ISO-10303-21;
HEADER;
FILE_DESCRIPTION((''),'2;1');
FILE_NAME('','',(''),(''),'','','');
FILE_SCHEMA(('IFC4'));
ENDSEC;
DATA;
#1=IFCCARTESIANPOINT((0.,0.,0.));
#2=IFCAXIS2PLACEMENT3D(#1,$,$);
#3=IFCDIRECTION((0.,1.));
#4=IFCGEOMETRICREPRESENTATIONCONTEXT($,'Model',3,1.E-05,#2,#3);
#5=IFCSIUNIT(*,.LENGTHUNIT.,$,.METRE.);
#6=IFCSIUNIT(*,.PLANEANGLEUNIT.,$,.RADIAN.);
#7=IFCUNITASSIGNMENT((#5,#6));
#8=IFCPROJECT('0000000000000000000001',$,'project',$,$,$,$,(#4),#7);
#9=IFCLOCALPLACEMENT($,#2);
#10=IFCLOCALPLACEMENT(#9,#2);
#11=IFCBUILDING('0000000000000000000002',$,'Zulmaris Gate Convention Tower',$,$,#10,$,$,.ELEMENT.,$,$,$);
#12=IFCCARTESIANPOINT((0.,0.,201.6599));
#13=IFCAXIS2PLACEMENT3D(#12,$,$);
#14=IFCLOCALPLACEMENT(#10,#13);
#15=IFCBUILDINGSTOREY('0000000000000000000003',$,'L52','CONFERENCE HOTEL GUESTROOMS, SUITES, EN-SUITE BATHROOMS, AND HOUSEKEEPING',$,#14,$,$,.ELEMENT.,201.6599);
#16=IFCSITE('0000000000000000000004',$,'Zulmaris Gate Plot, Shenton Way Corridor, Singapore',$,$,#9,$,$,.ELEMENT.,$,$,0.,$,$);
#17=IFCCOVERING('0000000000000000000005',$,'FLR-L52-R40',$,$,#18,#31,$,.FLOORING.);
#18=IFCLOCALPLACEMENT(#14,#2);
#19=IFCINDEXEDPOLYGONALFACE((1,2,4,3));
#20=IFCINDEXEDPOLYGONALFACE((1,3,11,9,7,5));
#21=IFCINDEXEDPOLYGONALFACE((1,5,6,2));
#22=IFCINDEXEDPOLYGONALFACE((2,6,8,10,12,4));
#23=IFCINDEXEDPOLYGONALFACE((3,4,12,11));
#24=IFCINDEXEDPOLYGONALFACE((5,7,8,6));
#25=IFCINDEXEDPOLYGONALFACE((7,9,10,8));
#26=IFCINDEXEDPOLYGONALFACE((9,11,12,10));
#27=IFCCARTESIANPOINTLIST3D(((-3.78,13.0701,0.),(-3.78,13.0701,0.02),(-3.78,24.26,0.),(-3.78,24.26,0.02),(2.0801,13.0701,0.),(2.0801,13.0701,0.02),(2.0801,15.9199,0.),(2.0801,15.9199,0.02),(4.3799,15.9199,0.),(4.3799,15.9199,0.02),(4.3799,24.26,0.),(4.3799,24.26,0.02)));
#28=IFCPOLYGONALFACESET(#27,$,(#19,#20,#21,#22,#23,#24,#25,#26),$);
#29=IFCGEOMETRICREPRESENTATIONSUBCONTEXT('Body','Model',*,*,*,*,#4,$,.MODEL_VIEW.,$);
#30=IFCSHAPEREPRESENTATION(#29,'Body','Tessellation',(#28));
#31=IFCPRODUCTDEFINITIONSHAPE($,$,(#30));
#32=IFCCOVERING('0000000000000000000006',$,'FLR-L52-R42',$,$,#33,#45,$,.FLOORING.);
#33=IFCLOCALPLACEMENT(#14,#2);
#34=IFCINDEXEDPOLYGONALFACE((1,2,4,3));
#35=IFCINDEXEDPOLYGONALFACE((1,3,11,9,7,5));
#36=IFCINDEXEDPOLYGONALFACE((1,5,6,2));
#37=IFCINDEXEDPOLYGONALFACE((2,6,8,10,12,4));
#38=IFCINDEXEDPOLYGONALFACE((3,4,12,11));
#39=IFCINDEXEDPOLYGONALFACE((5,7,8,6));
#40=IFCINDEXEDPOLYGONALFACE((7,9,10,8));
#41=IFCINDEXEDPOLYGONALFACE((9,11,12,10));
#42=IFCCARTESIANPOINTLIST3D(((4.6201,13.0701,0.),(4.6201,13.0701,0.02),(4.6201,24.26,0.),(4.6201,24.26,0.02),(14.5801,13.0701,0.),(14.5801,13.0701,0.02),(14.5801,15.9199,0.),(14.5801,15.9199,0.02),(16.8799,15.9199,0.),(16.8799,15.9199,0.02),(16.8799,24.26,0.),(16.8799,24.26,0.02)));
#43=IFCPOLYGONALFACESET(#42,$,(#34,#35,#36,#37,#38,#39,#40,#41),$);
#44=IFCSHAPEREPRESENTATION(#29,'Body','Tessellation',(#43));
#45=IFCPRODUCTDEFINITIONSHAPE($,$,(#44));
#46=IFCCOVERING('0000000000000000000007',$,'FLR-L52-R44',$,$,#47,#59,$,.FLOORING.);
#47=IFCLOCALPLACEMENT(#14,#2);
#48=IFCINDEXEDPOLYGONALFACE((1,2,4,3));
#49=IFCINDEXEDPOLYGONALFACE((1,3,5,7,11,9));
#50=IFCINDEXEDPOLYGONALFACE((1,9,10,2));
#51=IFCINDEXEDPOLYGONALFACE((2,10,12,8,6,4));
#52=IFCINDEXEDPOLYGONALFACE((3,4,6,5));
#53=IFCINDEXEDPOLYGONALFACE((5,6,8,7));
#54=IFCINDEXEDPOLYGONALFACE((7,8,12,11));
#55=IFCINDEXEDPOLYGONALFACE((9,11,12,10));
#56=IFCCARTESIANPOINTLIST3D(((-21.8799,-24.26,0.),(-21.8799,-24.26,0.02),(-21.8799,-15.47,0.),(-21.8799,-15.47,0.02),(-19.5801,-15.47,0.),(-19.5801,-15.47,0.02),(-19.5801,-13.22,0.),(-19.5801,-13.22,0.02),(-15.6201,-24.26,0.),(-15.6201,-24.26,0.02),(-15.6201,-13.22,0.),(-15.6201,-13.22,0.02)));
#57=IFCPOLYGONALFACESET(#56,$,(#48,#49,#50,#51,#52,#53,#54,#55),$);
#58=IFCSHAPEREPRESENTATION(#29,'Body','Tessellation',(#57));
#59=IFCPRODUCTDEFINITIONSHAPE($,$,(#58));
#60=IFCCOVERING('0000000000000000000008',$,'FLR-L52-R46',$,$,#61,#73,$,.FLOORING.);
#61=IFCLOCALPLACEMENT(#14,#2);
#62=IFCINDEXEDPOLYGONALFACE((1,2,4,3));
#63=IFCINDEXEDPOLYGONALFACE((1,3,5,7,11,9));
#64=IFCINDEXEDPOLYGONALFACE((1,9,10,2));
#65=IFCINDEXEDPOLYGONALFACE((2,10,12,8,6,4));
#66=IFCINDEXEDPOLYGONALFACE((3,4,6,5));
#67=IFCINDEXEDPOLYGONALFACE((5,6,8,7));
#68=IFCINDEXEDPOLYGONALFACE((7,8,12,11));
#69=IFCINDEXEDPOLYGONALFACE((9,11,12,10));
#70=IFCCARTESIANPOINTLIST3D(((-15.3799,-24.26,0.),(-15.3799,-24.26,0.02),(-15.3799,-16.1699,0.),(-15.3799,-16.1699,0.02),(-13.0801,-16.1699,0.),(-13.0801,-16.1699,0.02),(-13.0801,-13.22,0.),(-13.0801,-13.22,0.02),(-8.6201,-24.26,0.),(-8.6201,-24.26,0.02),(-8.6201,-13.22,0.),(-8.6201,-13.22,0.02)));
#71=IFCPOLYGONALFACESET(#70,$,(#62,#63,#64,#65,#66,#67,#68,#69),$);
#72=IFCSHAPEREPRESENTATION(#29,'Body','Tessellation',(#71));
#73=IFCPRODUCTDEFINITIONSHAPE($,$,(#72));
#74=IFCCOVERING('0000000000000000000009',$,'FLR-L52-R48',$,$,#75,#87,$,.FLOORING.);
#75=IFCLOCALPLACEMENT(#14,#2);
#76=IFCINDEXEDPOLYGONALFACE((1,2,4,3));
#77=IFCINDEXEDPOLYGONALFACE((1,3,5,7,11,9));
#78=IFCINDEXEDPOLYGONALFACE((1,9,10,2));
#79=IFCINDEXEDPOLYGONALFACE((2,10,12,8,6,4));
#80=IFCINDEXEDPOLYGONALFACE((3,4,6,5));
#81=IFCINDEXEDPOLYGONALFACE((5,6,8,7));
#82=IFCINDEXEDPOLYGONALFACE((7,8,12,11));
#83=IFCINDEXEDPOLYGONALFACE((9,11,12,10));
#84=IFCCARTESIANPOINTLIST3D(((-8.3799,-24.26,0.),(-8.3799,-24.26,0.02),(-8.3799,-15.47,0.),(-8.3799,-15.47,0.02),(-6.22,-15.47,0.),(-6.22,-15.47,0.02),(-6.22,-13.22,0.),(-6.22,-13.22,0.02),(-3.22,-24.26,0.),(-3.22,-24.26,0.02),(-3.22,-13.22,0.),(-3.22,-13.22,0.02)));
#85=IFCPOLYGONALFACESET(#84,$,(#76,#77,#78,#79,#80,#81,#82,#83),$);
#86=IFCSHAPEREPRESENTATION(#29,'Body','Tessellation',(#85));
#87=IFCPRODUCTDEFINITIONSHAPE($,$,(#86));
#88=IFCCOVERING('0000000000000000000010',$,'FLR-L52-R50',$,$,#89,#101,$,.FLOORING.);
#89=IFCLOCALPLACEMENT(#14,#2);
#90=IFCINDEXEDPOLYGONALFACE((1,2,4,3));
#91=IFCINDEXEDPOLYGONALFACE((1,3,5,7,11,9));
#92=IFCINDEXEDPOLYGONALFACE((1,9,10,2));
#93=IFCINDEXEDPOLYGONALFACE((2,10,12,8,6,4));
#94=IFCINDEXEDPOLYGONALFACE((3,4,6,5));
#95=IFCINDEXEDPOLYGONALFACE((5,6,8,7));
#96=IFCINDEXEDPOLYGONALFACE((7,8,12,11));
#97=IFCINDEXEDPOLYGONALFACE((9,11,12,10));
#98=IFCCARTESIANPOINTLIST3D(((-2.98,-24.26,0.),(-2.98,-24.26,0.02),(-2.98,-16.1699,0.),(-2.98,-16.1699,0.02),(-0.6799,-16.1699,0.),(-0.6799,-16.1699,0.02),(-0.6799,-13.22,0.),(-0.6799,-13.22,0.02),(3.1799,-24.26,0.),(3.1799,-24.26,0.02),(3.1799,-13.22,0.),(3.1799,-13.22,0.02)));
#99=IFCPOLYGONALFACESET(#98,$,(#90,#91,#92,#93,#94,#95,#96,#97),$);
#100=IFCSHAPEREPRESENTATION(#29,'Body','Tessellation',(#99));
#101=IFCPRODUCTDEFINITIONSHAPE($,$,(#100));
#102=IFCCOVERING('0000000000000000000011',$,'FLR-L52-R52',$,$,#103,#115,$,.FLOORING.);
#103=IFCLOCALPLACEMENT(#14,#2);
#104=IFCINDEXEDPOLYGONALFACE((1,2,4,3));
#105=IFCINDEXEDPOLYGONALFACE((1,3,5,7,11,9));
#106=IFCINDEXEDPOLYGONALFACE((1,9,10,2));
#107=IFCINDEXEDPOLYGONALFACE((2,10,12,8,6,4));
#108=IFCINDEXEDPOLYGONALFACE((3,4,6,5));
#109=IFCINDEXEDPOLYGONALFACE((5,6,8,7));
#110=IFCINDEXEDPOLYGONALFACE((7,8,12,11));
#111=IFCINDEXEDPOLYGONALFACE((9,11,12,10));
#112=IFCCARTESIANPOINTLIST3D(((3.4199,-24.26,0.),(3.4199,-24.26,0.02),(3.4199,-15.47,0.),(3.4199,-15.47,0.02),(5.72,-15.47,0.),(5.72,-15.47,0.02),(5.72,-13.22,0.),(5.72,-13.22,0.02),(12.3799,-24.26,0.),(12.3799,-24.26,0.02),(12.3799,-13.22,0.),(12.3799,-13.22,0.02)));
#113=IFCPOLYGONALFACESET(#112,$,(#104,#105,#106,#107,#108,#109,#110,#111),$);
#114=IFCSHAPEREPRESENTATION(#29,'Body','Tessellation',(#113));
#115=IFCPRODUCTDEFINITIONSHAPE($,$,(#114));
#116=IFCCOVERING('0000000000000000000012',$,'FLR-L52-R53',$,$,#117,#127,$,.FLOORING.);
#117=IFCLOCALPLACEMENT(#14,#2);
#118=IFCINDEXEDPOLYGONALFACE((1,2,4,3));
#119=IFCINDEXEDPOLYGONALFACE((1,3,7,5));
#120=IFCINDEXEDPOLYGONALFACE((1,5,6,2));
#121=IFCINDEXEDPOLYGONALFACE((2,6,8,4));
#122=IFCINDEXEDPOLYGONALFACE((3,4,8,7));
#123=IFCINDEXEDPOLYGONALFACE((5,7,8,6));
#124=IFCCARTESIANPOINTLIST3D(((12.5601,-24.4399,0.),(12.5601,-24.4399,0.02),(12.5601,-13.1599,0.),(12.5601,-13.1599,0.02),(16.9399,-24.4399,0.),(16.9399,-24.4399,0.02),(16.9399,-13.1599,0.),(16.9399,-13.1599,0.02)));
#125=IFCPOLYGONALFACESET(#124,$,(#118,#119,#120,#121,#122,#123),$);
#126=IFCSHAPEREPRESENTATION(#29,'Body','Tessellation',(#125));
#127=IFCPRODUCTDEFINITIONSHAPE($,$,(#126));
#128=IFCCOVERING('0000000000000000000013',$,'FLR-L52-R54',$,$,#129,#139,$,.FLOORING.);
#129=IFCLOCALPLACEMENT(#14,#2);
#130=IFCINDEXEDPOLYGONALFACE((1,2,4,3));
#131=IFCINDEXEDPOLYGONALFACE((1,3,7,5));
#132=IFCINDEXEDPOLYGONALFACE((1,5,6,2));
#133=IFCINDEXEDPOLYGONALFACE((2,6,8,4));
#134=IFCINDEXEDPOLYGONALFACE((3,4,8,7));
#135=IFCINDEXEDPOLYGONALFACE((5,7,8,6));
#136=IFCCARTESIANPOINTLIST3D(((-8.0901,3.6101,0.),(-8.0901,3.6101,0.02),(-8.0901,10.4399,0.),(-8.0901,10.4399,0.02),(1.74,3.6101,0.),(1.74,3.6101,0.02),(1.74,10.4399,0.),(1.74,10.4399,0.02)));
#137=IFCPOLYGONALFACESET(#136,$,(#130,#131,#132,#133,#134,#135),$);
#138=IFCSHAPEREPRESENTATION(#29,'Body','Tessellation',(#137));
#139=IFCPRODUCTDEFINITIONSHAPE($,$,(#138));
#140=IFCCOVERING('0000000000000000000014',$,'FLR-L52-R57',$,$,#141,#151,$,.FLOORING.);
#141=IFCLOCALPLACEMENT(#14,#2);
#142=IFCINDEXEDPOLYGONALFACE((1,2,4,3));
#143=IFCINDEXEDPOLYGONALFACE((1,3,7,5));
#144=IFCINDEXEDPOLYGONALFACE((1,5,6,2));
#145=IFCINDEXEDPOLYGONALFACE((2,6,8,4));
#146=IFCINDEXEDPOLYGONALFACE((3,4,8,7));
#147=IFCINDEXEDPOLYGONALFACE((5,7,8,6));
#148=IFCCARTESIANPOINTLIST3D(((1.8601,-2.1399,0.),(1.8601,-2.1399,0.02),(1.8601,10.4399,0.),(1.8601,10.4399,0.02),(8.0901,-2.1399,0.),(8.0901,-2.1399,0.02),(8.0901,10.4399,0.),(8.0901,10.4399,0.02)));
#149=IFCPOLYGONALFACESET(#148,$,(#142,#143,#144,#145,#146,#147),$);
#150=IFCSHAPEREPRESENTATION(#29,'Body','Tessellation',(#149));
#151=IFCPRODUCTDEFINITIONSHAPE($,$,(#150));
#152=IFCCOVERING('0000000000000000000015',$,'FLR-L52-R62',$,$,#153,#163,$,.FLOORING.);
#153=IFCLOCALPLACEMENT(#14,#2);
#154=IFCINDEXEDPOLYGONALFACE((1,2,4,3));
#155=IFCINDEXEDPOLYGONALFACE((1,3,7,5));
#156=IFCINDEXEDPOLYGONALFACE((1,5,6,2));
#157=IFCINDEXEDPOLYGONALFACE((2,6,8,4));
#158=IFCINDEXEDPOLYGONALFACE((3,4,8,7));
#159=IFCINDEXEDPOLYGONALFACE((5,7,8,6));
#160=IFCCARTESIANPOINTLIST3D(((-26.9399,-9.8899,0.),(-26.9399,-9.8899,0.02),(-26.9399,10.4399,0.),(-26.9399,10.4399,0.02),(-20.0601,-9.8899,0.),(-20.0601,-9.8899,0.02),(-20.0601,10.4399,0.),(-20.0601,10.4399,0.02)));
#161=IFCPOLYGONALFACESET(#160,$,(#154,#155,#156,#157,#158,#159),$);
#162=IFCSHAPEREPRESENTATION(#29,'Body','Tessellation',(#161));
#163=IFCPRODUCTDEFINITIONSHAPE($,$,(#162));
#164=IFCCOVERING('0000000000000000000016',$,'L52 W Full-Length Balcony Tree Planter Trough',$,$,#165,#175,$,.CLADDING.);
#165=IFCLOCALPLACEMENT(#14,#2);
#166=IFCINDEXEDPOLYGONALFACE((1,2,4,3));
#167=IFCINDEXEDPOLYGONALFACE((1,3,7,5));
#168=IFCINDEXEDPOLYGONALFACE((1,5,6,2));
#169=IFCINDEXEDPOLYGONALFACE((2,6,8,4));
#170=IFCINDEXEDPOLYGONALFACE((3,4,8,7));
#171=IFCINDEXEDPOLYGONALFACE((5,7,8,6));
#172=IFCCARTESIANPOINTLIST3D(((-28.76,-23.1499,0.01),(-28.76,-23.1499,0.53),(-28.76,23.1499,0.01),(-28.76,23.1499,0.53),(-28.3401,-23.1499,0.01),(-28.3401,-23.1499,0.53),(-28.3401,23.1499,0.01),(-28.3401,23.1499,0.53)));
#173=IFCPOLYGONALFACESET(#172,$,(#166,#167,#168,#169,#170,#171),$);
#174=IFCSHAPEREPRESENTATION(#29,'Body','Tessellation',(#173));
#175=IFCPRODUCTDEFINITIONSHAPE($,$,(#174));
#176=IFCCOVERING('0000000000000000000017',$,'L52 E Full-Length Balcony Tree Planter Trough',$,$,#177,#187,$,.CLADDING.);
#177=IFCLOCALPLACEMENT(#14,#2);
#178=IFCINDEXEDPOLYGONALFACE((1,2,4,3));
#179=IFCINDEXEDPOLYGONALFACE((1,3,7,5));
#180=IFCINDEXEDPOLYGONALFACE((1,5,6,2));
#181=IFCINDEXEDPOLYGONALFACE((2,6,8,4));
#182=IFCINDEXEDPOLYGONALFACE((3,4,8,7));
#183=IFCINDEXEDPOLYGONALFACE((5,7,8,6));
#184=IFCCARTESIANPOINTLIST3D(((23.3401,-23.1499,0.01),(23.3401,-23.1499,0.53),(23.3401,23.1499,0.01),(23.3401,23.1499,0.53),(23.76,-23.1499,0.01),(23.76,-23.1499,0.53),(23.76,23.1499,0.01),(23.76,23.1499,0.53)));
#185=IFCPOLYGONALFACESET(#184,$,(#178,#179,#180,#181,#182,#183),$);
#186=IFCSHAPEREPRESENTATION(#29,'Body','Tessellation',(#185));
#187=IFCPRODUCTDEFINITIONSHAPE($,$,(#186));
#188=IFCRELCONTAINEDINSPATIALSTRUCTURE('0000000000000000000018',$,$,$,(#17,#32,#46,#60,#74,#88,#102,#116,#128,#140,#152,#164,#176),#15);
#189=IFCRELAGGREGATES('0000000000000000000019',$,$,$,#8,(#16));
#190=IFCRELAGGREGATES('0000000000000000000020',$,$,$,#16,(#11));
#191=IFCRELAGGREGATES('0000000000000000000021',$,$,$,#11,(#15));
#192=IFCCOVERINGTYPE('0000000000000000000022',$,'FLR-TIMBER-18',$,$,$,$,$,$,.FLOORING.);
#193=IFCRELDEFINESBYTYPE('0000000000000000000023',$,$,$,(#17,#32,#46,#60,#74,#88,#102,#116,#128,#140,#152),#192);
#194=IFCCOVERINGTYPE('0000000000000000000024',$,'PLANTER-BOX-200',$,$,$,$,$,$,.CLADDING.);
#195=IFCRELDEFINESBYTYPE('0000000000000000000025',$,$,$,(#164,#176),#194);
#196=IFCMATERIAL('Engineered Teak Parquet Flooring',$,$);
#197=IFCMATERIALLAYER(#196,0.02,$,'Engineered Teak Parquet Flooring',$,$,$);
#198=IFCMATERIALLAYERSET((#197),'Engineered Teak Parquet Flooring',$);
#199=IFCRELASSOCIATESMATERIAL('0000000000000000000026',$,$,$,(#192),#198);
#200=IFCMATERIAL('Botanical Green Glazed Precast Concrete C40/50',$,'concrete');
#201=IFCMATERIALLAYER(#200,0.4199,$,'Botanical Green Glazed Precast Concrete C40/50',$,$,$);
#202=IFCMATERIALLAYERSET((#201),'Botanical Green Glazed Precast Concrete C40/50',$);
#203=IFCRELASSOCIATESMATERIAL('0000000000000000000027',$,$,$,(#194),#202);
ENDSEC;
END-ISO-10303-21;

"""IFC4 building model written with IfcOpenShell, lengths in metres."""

from ifc_helpers import new_model, si_unit, direction, frame, origin, place, context, subcontext, project, spatial, polyline, outline, extrude, material, layer, layer_set, type_object, element, save


model = new_model("IFC4")

# Units and contexts
model_context = context("Model", 3, precision=1e-05, world=origin(), true_north=direction((0.0, 1.0)))
body_context = subcontext(model_context, "Body", "Model", "MODEL_VIEW")
ifc_project = project(units=[si_unit("LENGTHUNIT", "METRE"), si_unit("PLANEANGLEUNIT", "RADIAN")], contexts=[model_context])

# Site, building, storey
site_placement = place(None, origin())
site = spatial("IfcSite", under=ifc_project, at=site_placement, Name="Zulmaris Gate Plot, Shenton Way Corridor, Singapore", CompositionType="ELEMENT", RefElevation=0.0)
building_placement = place(site_placement, origin())
building = spatial("IfcBuilding", under=site, at=building_placement, Name="Zulmaris Gate Convention Tower", CompositionType="ELEMENT")
storey_placement = place(building_placement, frame((0.0, 0.0, 201.6599)))
storey = spatial("IfcBuildingStorey", under=building, at=storey_placement, Name="L52", Description="CONFERENCE HOTEL GUESTROOMS, SUITES, EN-SUITE BATHROOMS, AND HOUSEKEEPING", CompositionType="ELEMENT", Elevation=201.6599)

# Coverings
ifc_material_1 = material(Name="Engineered Teak Parquet Flooring")
ifc_layer_1 = layer(ifc_material_1, 0.02, Name="Engineered Teak Parquet Flooring")
ifc_layer_set_1 = layer_set([ifc_layer_1], Name="Engineered Teak Parquet Flooring")
covering_type_1 = type_object("IfcCoveringType", Name="FLR-TIMBER-18", PredefinedType="FLOORING", material=ifc_layer_set_1)
covering_1_placement = place(storey_placement, origin())
element("IfcCovering", 1, at=covering_1_placement, inside=storey, type_object=covering_type_1, Name="FLR-L52-R40", PredefinedType="FLOORING", context=body_context, shape_type="SweptSolid", body=[
    extrude(outline(polyline([(-3.78, 13.0701), (2.0801, 13.0701), (2.0801, 15.9199), (4.3799, 15.9199), (4.3799, 24.26), (-3.78, 24.26), (-3.78, 13.0701)])), origin(), (0.0, 0.0, 1.0), 0.02),
])
covering_2_placement = place(storey_placement, origin())
element("IfcCovering", 2, at=covering_2_placement, inside=storey, type_object=covering_type_1, Name="FLR-L52-R42", PredefinedType="FLOORING", context=body_context, shape_type="SweptSolid", body=[
    extrude(outline(polyline([(4.6201, 13.0701), (14.5801, 13.0701), (14.5801, 15.9199), (16.8799, 15.9199), (16.8799, 24.26), (4.6201, 24.26), (4.6201, 13.0701)])), origin(), (0.0, 0.0, 1.0), 0.02),
])
covering_3_placement = place(storey_placement, origin())
element("IfcCovering", 3, at=covering_3_placement, inside=storey, type_object=covering_type_1, Name="FLR-L52-R44", PredefinedType="FLOORING", context=body_context, shape_type="SweptSolid", body=[
    extrude(outline(polyline([(-21.8799, -24.26), (-15.6201, -24.26), (-15.6201, -13.22), (-19.5801, -13.22), (-19.5801, -15.47), (-21.8799, -15.47), (-21.8799, -24.26)])), origin(), (0.0, 0.0, 1.0), 0.02),
])
covering_4_placement = place(storey_placement, origin())
element("IfcCovering", 4, at=covering_4_placement, inside=storey, type_object=covering_type_1, Name="FLR-L52-R46", PredefinedType="FLOORING", context=body_context, shape_type="SweptSolid", body=[
    extrude(outline(polyline([(-15.3799, -24.26), (-8.6201, -24.26), (-8.6201, -13.22), (-13.0801, -13.22), (-13.0801, -16.1699), (-15.3799, -16.1699), (-15.3799, -24.26)])), origin(), (0.0, 0.0, 1.0), 0.02),
])
covering_5_placement = place(storey_placement, origin())
element("IfcCovering", 5, at=covering_5_placement, inside=storey, type_object=covering_type_1, Name="FLR-L52-R48", PredefinedType="FLOORING", context=body_context, shape_type="SweptSolid", body=[
    extrude(outline(polyline([(-8.3799, -24.26), (-3.22, -24.26), (-3.22, -13.22), (-6.22, -13.22), (-6.22, -15.47), (-8.3799, -15.47), (-8.3799, -24.26)])), origin(), (0.0, 0.0, 1.0), 0.02),
])
covering_6_placement = place(storey_placement, origin())
element("IfcCovering", 6, at=covering_6_placement, inside=storey, type_object=covering_type_1, Name="FLR-L52-R50", PredefinedType="FLOORING", context=body_context, shape_type="SweptSolid", body=[
    extrude(outline(polyline([(-2.98, -24.26), (3.1799, -24.26), (3.1799, -13.22), (-0.6799, -13.22), (-0.6799, -16.1699), (-2.98, -16.1699), (-2.98, -24.26)])), origin(), (0.0, 0.0, 1.0), 0.02),
])
covering_7_placement = place(storey_placement, origin())
element("IfcCovering", 7, at=covering_7_placement, inside=storey, type_object=covering_type_1, Name="FLR-L52-R52", PredefinedType="FLOORING", context=body_context, shape_type="SweptSolid", body=[
    extrude(outline(polyline([(3.4199, -24.26), (12.3799, -24.26), (12.3799, -13.22), (5.72, -13.22), (5.72, -15.47), (3.4199, -15.47), (3.4199, -24.26)])), origin(), (0.0, 0.0, 1.0), 0.02),
])
covering_8_placement = place(storey_placement, origin())
element("IfcCovering", 8, at=covering_8_placement, inside=storey, type_object=covering_type_1, Name="FLR-L52-R53", PredefinedType="FLOORING", context=body_context, shape_type="SweptSolid", body=[
    extrude(outline(polyline([(12.5601, -24.4399), (16.9399, -24.4399), (16.9399, -13.1599), (12.5601, -13.1599), (12.5601, -24.4399)])), origin(), (0.0, 0.0, 1.0), 0.02),
])
covering_9_placement = place(storey_placement, origin())
element("IfcCovering", 9, at=covering_9_placement, inside=storey, type_object=covering_type_1, Name="FLR-L52-R54", PredefinedType="FLOORING", context=body_context, shape_type="SweptSolid", body=[
    extrude(outline(polyline([(-8.0901, 3.6101), (1.74, 3.6101), (1.74, 10.4399), (-8.0901, 10.4399), (-8.0901, 3.6101)])), origin(), (0.0, 0.0, 1.0), 0.02),
])
covering_10_placement = place(storey_placement, origin())
element("IfcCovering", 10, at=covering_10_placement, inside=storey, type_object=covering_type_1, Name="FLR-L52-R57", PredefinedType="FLOORING", context=body_context, shape_type="SweptSolid", body=[
    extrude(outline(polyline([(1.8601, -2.1399), (8.0901, -2.1399), (8.0901, 10.4399), (1.8601, 10.4399), (1.8601, -2.1399)])), origin(), (0.0, 0.0, 1.0), 0.02),
])
covering_11_placement = place(storey_placement, origin())
element("IfcCovering", 11, at=covering_11_placement, inside=storey, type_object=covering_type_1, Name="FLR-L52-R62", PredefinedType="FLOORING", context=body_context, shape_type="SweptSolid", body=[
    extrude(outline(polyline([(-26.9399, -9.8899), (-20.0601, -9.8899), (-20.0601, 10.4399), (-26.9399, 10.4399), (-26.9399, -9.8899)])), origin(), (0.0, 0.0, 1.0), 0.02),
])
ifc_material_2 = material(Name="Botanical Green Glazed Precast Concrete C40/50", Category="concrete")
ifc_layer_2 = layer(ifc_material_2, 0.4199, Name="Botanical Green Glazed Precast Concrete C40/50")
ifc_layer_set_2 = layer_set([ifc_layer_2], Name="Botanical Green Glazed Precast Concrete C40/50")
covering_type_2 = type_object("IfcCoveringType", Name="PLANTER-BOX-200", PredefinedType="CLADDING", material=ifc_layer_set_2)
covering_12_placement = place(storey_placement, frame((0.0, 0.0, 0.01)))
element("IfcCovering", 12, at=covering_12_placement, inside=storey, type_object=covering_type_2, Name="L52 W Full-Length Balcony Tree Planter Trough", PredefinedType="CLADDING", context=body_context, shape_type="SweptSolid", body=[
    extrude(outline(polyline([(-28.76, -23.1499), (-28.3401, -23.1499), (-28.3401, 23.1499), (-28.76, 23.1499), (-28.76, -23.1499)])), origin(), (0.0, 0.0, 1.0), 0.52),
])
covering_13_placement = place(storey_placement, frame((0.0, 0.0, 0.01)))
element("IfcCovering", 13, at=covering_13_placement, inside=storey, type_object=covering_type_2, Name="L52 E Full-Length Balcony Tree Planter Trough", PredefinedType="CLADDING", context=body_context, shape_type="SweptSolid", body=[
    extrude(outline(polyline([(23.3401, -23.1499), (23.76, -23.1499), (23.76, 23.1499), (23.3401, 23.1499), (23.3401, -23.1499)])), origin(), (0.0, 0.0, 1.0), 0.52),
])

save(model, "model.ifc")
